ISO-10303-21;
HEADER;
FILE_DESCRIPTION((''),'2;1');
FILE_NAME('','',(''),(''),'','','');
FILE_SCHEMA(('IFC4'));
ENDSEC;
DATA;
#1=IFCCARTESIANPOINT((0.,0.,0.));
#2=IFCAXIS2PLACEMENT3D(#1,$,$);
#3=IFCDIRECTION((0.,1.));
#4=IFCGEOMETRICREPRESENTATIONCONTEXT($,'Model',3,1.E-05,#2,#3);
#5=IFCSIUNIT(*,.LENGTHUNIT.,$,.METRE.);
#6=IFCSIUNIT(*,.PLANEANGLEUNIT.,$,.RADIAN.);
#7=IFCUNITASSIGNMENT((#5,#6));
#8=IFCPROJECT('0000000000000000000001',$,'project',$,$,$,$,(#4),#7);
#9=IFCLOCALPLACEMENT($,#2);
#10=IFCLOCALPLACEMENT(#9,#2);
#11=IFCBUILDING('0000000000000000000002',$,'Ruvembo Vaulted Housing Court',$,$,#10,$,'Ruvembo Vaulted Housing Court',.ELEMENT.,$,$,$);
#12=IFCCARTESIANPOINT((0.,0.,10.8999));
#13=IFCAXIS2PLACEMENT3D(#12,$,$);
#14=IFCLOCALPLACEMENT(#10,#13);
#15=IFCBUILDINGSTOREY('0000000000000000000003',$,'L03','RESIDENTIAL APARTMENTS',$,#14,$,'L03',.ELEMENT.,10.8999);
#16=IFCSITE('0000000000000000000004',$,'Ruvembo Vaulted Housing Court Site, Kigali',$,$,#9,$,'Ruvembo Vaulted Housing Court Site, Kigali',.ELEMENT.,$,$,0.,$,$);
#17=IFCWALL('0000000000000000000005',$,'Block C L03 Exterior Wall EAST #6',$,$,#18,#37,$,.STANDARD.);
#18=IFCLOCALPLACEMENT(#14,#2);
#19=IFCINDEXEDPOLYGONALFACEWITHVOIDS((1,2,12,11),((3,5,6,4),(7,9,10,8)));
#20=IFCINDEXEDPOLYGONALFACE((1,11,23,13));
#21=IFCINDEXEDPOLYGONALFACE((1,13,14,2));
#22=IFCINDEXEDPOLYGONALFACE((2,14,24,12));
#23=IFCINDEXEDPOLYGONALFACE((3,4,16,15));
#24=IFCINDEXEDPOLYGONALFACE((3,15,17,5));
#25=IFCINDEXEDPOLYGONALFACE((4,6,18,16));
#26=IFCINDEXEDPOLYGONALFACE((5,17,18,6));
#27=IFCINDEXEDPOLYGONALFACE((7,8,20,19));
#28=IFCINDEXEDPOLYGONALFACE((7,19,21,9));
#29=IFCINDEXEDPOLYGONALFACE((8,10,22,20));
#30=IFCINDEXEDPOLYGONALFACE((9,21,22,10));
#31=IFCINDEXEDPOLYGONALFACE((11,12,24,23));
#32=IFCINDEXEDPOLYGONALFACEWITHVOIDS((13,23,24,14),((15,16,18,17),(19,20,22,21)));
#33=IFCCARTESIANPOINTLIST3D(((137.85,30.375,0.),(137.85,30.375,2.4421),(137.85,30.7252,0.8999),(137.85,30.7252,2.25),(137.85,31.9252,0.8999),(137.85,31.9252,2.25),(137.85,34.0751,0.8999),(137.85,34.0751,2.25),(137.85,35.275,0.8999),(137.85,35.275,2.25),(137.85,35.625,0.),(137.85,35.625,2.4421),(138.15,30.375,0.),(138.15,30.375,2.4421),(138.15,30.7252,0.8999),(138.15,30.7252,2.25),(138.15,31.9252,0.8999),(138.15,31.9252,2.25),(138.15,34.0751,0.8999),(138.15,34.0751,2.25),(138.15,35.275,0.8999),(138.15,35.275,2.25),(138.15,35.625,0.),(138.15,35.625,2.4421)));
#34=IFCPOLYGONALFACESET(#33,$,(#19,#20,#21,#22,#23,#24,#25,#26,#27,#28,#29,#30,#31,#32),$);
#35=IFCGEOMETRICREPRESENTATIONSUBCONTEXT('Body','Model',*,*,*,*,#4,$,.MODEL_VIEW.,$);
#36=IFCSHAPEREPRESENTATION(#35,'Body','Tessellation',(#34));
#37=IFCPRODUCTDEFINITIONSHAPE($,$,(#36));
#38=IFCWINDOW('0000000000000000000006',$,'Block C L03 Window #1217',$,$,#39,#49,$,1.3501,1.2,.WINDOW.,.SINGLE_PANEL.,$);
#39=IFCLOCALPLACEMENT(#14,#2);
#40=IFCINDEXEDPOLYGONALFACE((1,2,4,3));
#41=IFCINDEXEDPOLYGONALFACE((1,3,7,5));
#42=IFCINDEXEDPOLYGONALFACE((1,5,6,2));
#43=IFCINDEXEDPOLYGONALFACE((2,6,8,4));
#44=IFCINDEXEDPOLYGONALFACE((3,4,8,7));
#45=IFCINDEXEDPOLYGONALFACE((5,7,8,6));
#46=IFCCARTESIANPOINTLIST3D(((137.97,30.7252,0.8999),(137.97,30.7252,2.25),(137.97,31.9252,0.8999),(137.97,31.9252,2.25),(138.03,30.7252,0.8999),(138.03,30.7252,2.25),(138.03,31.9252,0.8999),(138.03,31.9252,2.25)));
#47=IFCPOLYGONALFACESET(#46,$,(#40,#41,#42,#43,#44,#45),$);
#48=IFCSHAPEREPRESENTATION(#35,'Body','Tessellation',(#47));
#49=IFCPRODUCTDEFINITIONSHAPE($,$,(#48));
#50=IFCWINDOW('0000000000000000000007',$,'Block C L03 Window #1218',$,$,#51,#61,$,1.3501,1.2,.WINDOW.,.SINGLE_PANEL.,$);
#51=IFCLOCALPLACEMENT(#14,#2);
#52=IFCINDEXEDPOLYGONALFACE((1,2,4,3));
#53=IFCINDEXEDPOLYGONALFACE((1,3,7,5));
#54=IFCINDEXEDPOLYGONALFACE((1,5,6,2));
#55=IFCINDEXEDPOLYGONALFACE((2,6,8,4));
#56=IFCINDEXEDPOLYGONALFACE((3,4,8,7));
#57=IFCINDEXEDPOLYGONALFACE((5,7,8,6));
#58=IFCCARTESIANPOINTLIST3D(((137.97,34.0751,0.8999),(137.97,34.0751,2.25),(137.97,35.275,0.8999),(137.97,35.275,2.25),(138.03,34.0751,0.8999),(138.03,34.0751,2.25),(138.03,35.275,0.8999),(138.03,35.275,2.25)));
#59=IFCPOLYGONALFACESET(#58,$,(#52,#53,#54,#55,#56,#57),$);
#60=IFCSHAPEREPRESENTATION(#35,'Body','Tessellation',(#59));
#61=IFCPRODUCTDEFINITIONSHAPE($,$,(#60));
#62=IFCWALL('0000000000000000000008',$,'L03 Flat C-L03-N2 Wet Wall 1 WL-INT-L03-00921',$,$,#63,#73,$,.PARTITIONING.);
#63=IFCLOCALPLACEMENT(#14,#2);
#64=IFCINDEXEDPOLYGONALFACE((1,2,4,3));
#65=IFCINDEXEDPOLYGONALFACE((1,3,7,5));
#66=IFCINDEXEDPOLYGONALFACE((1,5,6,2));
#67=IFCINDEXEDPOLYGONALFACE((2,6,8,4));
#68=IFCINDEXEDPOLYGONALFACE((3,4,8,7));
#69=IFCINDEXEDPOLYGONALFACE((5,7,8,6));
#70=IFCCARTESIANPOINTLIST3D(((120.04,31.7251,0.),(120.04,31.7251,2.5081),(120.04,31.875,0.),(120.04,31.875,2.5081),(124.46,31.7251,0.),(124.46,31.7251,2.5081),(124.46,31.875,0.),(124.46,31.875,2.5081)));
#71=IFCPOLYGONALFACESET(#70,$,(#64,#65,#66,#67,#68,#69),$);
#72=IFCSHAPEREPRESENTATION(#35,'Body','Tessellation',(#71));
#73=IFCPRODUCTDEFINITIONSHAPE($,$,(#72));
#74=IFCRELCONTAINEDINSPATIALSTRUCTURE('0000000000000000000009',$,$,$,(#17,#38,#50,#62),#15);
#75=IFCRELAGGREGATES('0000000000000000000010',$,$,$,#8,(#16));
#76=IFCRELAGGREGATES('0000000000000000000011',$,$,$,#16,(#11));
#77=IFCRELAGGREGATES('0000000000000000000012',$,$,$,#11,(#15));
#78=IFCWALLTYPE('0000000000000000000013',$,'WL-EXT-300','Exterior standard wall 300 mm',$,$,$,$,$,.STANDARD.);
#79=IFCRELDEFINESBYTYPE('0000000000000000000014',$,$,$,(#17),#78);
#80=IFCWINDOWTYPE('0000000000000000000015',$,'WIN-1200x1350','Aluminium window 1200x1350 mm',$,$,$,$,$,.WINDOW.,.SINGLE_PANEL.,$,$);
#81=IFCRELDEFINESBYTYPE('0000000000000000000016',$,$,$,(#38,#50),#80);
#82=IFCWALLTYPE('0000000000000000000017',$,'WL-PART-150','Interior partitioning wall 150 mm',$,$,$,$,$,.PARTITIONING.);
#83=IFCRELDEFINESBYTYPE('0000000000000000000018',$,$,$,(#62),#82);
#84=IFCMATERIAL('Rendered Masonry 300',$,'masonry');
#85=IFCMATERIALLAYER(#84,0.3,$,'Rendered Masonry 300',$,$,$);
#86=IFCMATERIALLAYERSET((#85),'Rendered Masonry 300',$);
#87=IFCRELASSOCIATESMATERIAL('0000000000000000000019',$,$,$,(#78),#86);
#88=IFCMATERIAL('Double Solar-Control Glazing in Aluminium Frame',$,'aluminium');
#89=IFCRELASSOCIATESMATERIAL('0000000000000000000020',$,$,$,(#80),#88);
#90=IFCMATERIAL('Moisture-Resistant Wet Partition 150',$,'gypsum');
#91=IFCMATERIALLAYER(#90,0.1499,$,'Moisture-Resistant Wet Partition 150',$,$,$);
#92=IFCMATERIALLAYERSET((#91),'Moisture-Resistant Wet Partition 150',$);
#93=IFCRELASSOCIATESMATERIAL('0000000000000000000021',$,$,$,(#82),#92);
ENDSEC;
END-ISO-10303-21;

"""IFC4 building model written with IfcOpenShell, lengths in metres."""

from ifc_helpers import new_model, si_unit, direction, frame, frame_2d, origin, place, context, subcontext, project, spatial, rectangle, extrude, material, layer, layer_set, type_object, element, fill, save


model = new_model("IFC4")

# Units and contexts
model_context = context("Model", 3, precision=1e-05, world=origin(), true_north=direction((0.0, 1.0)))
body_context = subcontext(model_context, "Body", "Model", "MODEL_VIEW")
ifc_project = project(units=[si_unit("LENGTHUNIT", "METRE"), si_unit("PLANEANGLEUNIT", "RADIAN")], contexts=[model_context])

# Site, building, storey
site_placement = place(None, origin())
site = spatial("IfcSite", under=ifc_project, at=site_placement, Name="Ruvembo Vaulted Housing Court Site, Kigali", LongName="Ruvembo Vaulted Housing Court Site, Kigali", CompositionType="ELEMENT", RefElevation=0.0)
building_placement = place(site_placement, origin())
building = spatial("IfcBuilding", under=site, at=building_placement, Name="Ruvembo Vaulted Housing Court", LongName="Ruvembo Vaulted Housing Court", CompositionType="ELEMENT")
storey_placement = place(building_placement, frame((0.0, 0.0, 10.8999)))
storey = spatial("IfcBuildingStorey", under=building, at=storey_placement, Name="L03", Description="RESIDENTIAL APARTMENTS", LongName="L03", CompositionType="ELEMENT", Elevation=10.8999)

# Wall, openings, windows
ifc_material_1 = material(Name="Rendered Masonry 300", Category="masonry")
ifc_layer_1 = layer(ifc_material_1, 0.3, Name="Rendered Masonry 300")
ifc_layer_set_1 = layer_set([ifc_layer_1], Name="Rendered Masonry 300")
wall_type_1 = type_object("IfcWallType", Name="WL-EXT-300", Description="Exterior standard wall 300 mm", PredefinedType="STANDARD", material=ifc_layer_set_1)
ifc_material_2 = material(Name="Double Solar-Control Glazing in Aluminium Frame", Category="aluminium")
wall_1_placement = place(storey_placement, frame((138.0, 30.375, 0.0), z_axis=(0.0, 0.0, 1.0), x_axis=(0.0, 1.0, 0.0)))
wall_1 = element("IfcWall", 1, at=wall_1_placement, inside=storey, type_object=wall_type_1, Name="Block C L03 Exterior Wall EAST #6", PredefinedType="STANDARD", context=body_context, shape_type="SweptSolid", body=[
    extrude(rectangle(XDim=5.25, YDim=0.3, at=frame_2d((2.625, 0.0))), origin(), (0.0, 0.0, 1.0), 2.4421),
])
opening_1_placement = place(wall_1_placement, frame((0.3501, 0.0, 0.8999)))
opening_1 = element("IfcOpeningElement", 2, at=opening_1_placement, cuts=wall_1, PredefinedType="OPENING", context=body_context, shape_type="SweptSolid", body=[
    extrude(rectangle(XDim=1.2, YDim=1.3501, at=frame_2d((0.6001, 0.675))), frame((0.0, 0.1599, 0.0), z_axis=(0.0, -1.0, 0.0), x_axis=(1.0, 0.0, 0.0)), (0.0, 0.0, 1.0), 0.3201),
])
opening_2_placement = place(wall_1_placement, frame((3.7, 0.0, 0.8999)))
opening_2 = element("IfcOpeningElement", 3, at=opening_2_placement, cuts=wall_1, PredefinedType="OPENING", context=body_context, shape_type="SweptSolid", body=[
    extrude(rectangle(XDim=1.2, YDim=1.3501, at=frame_2d((0.6001, 0.675))), frame((0.0, 0.1599, 0.0), z_axis=(0.0, -1.0, 0.0), x_axis=(1.0, 0.0, 0.0)), (0.0, 0.0, 1.0), 0.3201),
])
window_type_1 = type_object("IfcWindowType", Name="WIN-1200x1350", Description="Aluminium window 1200x1350 mm", PartitioningType="SINGLE_PANEL", PredefinedType="WINDOW", material=ifc_material_2)
window_1_placement = place(opening_1_placement, origin())
window_1 = element("IfcWindow", 4, at=window_1_placement, inside=storey, type_object=window_type_1, Name="Block C L03 Window #1217", OverallHeight=1.3501, OverallWidth=1.2, PartitioningType="SINGLE_PANEL", PredefinedType="WINDOW", context=body_context, shape_type="SweptSolid", body=[
    extrude(rectangle(XDim=1.2, YDim=1.3501, at=frame_2d((0.6001, 0.675))), frame((0.0, 0.03, 0.0), z_axis=(0.0, -1.0, 0.0), x_axis=(1.0, 0.0, 0.0)), (0.0, 0.0, 1.0), 0.0601),
])
fill(opening_1, window_1)
window_2_placement = place(opening_2_placement, origin())
window_2 = element("IfcWindow", 5, at=window_2_placement, inside=storey, type_object=window_type_1, Name="Block C L03 Window #1218", OverallHeight=1.3501, OverallWidth=1.2, PartitioningType="SINGLE_PANEL", PredefinedType="WINDOW", context=body_context, shape_type="SweptSolid", body=[
    extrude(rectangle(XDim=1.2, YDim=1.3501, at=frame_2d((0.6001, 0.675))), frame((0.0, 0.03, 0.0), z_axis=(0.0, -1.0, 0.0), x_axis=(1.0, 0.0, 0.0)), (0.0, 0.0, 1.0), 0.0601),
])
fill(opening_2, window_2)

# Wall
ifc_material_3 = material(Name="Moisture-Resistant Wet Partition 150", Category="gypsum")
ifc_layer_2 = layer(ifc_material_3, 0.1499, Name="Moisture-Resistant Wet Partition 150")
ifc_layer_set_2 = layer_set([ifc_layer_2], Name="Moisture-Resistant Wet Partition 150")
wall_type_2 = type_object("IfcWallType", Name="WL-PART-150", Description="Interior partitioning wall 150 mm", PredefinedType="PARTITIONING", material=ifc_layer_set_2)
wall_2_placement = place(storey_placement, frame((120.04, 31.8, 0.0), z_axis=(0.0, 0.0, 1.0), x_axis=(1.0, 0.0, 0.0)))
element("IfcWall", 6, at=wall_2_placement, inside=storey, type_object=wall_type_2, Name="L03 Flat C-L03-N2 Wet Wall 1 WL-INT-L03-00921", PredefinedType="PARTITIONING", context=body_context, shape_type="SweptSolid", body=[
    extrude(rectangle(XDim=4.4199, YDim=0.1499, at=frame_2d((2.21, 0.0))), origin(), (0.0, 0.0, 1.0), 2.5081),
])

save(model, "model.ifc")
